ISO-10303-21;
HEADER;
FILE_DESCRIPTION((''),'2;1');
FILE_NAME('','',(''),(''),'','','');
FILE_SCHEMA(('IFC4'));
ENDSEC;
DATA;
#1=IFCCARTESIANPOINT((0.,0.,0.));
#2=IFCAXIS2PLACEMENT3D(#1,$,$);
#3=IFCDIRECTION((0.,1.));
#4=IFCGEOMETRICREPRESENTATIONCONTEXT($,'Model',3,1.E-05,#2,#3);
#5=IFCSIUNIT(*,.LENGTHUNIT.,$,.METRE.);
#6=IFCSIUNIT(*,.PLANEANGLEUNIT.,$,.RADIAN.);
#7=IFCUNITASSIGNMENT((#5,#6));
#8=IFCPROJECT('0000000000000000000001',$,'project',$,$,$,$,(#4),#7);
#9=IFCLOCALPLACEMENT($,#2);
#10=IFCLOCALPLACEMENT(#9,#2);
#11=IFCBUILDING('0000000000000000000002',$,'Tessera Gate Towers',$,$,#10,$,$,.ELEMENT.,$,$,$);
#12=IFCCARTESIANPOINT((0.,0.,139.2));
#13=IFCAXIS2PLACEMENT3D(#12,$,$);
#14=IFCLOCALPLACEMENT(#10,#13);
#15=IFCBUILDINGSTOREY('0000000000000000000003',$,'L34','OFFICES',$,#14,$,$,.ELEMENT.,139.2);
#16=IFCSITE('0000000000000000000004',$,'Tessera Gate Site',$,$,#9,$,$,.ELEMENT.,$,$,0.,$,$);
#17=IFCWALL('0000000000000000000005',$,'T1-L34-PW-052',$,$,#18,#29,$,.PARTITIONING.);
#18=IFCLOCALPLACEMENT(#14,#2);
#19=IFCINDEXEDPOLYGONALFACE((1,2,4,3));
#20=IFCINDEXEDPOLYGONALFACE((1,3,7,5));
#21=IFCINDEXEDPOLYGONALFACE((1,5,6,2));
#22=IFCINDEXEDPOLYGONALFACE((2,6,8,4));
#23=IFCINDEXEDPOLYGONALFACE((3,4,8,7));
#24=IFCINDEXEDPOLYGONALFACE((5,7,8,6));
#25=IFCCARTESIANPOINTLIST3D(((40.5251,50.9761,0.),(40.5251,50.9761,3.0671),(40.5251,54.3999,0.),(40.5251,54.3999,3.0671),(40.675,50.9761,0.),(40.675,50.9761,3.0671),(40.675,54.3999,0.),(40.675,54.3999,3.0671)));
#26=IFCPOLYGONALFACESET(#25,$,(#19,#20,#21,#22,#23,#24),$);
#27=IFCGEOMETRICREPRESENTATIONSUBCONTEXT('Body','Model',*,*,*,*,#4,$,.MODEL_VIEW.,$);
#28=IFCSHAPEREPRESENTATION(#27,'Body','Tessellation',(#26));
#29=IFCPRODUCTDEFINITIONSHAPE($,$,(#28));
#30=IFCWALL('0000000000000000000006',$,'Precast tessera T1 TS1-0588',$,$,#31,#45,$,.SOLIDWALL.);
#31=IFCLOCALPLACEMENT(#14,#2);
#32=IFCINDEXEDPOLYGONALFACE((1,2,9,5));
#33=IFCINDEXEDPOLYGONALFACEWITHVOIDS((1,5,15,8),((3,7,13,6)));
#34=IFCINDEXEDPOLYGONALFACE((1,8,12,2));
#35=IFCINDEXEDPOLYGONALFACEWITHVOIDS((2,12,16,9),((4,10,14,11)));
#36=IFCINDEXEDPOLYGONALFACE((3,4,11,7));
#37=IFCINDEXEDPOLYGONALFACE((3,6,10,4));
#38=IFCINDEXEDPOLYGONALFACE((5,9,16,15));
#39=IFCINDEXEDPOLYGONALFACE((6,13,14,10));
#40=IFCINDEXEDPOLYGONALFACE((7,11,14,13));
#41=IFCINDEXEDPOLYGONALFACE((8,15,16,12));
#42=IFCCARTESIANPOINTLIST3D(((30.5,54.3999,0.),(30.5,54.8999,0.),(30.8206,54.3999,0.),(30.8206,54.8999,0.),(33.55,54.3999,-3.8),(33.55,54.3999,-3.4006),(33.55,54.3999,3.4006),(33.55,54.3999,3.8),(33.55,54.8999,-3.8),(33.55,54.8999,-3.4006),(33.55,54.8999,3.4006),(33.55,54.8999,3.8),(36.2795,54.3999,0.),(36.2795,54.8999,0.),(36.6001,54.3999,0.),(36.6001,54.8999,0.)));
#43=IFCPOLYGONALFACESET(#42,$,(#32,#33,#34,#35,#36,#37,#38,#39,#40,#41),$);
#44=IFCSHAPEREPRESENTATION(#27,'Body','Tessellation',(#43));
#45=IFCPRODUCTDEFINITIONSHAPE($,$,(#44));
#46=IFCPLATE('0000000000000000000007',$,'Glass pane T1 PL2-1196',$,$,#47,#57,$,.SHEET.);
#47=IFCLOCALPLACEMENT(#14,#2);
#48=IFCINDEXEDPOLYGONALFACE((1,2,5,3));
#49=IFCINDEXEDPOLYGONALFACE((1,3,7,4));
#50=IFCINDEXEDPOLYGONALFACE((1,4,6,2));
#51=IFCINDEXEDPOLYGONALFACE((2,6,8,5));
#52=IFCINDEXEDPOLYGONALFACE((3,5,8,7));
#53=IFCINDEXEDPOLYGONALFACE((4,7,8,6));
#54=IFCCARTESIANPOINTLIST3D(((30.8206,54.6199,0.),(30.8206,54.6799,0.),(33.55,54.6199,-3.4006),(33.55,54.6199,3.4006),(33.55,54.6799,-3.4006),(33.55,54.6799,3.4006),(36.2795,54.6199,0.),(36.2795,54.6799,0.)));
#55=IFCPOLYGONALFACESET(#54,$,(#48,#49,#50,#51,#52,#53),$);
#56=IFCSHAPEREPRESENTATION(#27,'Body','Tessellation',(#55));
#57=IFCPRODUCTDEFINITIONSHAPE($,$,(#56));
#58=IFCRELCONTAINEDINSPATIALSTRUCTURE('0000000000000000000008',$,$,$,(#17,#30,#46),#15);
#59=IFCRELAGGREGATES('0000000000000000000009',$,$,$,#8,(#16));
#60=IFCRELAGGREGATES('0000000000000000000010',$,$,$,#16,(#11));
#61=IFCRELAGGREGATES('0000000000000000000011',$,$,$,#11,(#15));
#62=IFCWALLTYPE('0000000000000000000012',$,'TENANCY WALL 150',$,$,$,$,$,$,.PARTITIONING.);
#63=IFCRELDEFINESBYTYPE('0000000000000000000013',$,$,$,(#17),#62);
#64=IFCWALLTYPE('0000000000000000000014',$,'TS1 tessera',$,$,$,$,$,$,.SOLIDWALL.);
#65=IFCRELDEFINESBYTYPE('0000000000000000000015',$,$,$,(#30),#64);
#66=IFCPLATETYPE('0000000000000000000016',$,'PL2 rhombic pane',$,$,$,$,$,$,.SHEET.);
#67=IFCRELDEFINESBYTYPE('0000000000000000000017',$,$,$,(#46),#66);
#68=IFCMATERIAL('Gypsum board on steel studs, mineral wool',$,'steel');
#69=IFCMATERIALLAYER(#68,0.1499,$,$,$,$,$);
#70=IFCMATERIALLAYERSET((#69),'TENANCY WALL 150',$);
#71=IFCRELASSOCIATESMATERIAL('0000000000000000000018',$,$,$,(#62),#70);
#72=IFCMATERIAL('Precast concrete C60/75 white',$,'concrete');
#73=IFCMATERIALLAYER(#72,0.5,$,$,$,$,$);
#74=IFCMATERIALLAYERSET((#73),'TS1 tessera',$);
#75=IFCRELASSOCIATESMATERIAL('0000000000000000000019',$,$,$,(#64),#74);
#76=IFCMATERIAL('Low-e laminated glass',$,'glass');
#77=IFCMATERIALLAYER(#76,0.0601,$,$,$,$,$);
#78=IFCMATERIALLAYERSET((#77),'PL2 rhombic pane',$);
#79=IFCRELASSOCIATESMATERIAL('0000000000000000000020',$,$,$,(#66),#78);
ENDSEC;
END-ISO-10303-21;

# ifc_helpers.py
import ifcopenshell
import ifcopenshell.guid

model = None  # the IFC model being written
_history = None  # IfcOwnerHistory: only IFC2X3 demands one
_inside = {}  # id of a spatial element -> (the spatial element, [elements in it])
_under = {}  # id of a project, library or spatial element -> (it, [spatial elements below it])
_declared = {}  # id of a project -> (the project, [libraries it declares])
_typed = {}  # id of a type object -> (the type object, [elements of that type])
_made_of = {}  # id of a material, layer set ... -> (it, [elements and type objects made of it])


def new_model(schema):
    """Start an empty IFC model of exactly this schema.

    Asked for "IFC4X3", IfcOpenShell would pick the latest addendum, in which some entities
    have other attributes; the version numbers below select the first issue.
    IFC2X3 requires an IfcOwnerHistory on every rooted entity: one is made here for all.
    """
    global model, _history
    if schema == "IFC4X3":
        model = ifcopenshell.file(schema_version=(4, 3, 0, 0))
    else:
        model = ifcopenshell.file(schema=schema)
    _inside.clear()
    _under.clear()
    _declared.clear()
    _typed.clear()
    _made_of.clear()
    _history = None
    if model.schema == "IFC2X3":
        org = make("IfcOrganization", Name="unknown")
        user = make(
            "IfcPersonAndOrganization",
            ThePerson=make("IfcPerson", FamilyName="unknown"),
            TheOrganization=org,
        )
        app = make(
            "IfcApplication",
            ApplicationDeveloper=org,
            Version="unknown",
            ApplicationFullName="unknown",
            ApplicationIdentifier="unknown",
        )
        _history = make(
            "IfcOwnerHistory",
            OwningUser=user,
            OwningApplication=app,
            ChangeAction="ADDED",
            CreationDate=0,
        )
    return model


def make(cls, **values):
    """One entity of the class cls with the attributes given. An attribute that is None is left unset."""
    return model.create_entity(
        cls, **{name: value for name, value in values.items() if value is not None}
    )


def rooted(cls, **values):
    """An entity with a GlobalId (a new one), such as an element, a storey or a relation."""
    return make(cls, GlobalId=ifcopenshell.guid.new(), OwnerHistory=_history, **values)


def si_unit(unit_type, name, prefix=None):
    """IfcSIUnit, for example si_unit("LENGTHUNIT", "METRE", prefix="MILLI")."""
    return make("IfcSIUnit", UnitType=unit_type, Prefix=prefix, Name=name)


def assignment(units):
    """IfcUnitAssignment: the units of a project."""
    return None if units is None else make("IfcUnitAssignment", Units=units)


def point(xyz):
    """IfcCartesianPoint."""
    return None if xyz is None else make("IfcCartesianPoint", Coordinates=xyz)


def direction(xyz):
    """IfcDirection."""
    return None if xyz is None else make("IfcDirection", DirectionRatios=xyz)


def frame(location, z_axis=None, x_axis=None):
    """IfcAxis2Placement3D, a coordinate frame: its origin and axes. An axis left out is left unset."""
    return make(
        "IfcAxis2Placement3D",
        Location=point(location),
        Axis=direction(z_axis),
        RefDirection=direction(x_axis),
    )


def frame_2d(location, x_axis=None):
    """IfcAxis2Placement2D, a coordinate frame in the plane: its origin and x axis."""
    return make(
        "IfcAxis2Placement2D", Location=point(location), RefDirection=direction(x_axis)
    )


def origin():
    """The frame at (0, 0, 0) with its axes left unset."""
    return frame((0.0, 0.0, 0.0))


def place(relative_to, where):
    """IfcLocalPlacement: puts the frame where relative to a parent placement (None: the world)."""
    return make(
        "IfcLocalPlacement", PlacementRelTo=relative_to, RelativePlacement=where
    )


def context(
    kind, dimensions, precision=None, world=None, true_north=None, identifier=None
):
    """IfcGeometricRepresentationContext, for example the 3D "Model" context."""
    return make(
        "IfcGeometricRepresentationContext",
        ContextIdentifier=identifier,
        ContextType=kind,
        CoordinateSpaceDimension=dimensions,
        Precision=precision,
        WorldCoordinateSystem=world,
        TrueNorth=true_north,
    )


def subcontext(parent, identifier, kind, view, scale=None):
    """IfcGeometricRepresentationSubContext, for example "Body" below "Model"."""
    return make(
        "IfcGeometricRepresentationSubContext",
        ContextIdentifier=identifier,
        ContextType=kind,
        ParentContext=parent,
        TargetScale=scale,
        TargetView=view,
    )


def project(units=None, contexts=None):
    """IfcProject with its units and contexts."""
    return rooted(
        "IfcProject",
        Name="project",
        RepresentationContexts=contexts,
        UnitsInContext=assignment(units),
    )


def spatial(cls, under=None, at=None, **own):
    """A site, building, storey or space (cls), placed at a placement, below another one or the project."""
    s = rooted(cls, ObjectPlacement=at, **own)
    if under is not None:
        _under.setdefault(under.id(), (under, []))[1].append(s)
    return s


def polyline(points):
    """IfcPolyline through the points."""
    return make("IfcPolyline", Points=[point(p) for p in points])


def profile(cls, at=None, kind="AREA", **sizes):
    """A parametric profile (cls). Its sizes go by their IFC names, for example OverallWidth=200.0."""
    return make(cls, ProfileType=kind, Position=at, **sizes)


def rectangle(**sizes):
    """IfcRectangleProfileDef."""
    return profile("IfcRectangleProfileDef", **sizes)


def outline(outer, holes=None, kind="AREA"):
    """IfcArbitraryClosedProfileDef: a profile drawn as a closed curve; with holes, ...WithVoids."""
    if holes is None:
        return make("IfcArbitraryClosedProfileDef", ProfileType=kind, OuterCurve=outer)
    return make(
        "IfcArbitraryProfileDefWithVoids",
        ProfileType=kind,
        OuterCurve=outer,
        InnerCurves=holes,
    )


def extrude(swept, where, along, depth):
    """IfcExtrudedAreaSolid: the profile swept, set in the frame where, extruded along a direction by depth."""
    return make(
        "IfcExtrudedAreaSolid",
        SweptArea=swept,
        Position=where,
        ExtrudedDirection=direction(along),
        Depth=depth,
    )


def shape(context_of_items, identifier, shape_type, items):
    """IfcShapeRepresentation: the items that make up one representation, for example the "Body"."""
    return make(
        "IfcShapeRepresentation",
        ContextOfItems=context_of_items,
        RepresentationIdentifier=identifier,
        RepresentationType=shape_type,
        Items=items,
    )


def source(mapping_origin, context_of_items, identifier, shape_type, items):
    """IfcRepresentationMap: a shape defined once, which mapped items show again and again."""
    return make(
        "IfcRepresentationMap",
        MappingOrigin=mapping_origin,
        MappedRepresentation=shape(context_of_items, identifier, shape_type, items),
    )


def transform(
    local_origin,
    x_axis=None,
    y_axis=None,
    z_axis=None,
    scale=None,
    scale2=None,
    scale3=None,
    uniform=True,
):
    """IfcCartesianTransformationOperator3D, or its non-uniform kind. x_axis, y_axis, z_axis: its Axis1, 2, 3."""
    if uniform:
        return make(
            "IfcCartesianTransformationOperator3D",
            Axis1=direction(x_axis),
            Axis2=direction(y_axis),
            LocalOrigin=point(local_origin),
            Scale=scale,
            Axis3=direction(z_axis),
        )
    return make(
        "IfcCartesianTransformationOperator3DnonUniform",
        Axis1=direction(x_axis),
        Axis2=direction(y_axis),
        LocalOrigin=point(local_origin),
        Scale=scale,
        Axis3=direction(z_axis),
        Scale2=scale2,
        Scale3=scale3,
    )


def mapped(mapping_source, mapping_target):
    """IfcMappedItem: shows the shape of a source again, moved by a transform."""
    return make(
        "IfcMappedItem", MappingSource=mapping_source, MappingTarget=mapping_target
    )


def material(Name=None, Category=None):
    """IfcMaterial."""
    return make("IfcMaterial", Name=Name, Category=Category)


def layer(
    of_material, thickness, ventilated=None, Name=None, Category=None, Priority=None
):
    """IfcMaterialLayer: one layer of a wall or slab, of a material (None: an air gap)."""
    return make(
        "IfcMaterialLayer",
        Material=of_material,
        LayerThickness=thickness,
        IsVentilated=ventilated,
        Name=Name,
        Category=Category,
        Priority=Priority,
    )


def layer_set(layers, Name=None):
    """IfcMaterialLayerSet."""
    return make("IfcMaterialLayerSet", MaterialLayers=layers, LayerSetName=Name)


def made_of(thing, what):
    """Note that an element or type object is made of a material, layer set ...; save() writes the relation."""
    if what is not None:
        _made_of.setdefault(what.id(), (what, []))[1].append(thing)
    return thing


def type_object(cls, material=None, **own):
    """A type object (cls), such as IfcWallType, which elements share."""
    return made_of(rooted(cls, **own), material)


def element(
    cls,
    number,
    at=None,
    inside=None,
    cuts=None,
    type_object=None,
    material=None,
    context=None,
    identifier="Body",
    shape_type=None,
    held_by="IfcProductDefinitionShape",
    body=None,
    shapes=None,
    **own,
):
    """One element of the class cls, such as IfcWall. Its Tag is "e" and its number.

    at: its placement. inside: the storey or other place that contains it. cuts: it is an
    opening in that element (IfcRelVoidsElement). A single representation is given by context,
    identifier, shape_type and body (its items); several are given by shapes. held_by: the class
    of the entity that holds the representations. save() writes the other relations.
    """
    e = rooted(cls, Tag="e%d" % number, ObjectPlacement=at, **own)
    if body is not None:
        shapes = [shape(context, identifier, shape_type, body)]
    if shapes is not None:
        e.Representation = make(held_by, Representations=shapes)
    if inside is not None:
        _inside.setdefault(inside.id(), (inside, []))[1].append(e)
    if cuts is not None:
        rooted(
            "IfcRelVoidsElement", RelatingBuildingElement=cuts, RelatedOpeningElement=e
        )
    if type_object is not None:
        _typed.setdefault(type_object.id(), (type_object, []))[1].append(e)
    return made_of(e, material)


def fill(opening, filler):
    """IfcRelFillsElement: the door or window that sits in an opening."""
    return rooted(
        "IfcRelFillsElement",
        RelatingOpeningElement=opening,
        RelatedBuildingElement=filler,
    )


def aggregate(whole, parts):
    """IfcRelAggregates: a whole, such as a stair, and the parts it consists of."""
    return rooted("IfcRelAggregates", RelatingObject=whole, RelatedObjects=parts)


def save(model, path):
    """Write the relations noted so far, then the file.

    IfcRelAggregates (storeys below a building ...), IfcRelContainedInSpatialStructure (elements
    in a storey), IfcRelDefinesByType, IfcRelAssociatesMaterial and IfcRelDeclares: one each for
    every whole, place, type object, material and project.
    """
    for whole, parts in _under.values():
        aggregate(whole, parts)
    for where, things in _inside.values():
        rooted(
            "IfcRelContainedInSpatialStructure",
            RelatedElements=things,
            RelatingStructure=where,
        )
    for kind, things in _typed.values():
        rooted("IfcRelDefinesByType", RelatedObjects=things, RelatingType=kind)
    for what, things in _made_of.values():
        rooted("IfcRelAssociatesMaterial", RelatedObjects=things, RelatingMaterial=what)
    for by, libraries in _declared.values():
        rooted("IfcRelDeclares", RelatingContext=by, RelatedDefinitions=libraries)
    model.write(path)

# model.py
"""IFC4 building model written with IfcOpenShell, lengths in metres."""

from ifc_helpers import new_model, si_unit, direction, frame, frame_2d, origin, place, context, subcontext, project, spatial, polyline, rectangle, outline, extrude, source, transform, mapped, material, layer, layer_set, type_object, element, fill, save


model = new_model("IFC4")

# Units and contexts
model_context = context("Model", 3, precision=1e-05, world=origin(), true_north=direction((0.0, 1.0)))
body_context = subcontext(model_context, "Body", "Model", "MODEL_VIEW")
ifc_project = project(units=[si_unit("LENGTHUNIT", "METRE"), si_unit("PLANEANGLEUNIT", "RADIAN")], contexts=[model_context])

# Site, building, storey
site_placement = place(None, origin())
site = spatial("IfcSite", under=ifc_project, at=site_placement, Name="Tessera Gate Site", CompositionType="ELEMENT", RefElevation=0.0)
building_placement = place(site_placement, origin())
building = spatial("IfcBuilding", under=site, at=building_placement, Name="Tessera Gate Towers", CompositionType="ELEMENT")
storey_placement = place(building_placement, frame((0.0, 0.0, 139.2)))
storey = spatial("IfcBuildingStorey", under=building, at=storey_placement, Name="L34", Description="OFFICES", CompositionType="ELEMENT", Elevation=139.2)

# Wall
ifc_material_1 = material(Name="Gypsum board on steel studs, mineral wool", Category="steel")
ifc_layer_1 = layer(ifc_material_1, 0.1499)
ifc_layer_set_1 = layer_set([ifc_layer_1], Name="TENANCY WALL 150")
wall_type_1 = type_object("IfcWallType", Name="TENANCY WALL 150", PredefinedType="PARTITIONING", material=ifc_layer_set_1)
wall_1_placement = place(storey_placement, frame((40.6001, 50.9761, 0.0), z_axis=(0.0, 0.0, 1.0), x_axis=(0.0, 1.0, 0.0)))
element("IfcWall", 1, at=wall_1_placement, inside=storey, type_object=wall_type_1, Name="T1-L34-PW-052", PredefinedType="PARTITIONING", context=body_context, shape_type="SweptSolid", body=[
    extrude(rectangle(XDim=3.4238, YDim=0.1499, at=frame_2d((1.7119, 0.0))), origin(), (0.0, 0.0, 1.0), 3.0671),
])

# Wall, opening, plate
ifc_material_2 = material(Name="Precast concrete C60/75 white", Category="concrete")
ifc_layer_2 = layer(ifc_material_2, 0.5)
ifc_layer_set_2 = layer_set([ifc_layer_2], Name="TS1 tessera")
wall_type_2 = type_object("IfcWallType", Name="TS1 tessera", PredefinedType="SOLIDWALL", material=ifc_layer_set_2)
shared_shape_1 = source(origin(), body_context, "Body", "SweptSolid", [
    extrude(outline(polyline([(3.05, 0.0), (6.1001, 3.8), (3.05, 7.6001), (0.0, 3.8), (3.05, 0.0)])), frame((0.0, 0.25, 0.0), z_axis=(0.0, -1.0, 0.0), x_axis=(1.0, 0.0, 0.0)), (0.0, 0.0, 1.0), 0.5),
])
wall_2_placement = place(storey_placement, frame((36.6001, 54.6499, -3.8), z_axis=(0.0, 0.0, 1.0), x_axis=(-1.0, 0.0, 0.0)))
wall_2 = element("IfcWall", 2, at=wall_2_placement, inside=storey, type_object=wall_type_2, Name="Precast tessera T1 TS1-0588", PredefinedType="SOLIDWALL", context=body_context, shape_type="MappedRepresentation", body=[
    mapped(shared_shape_1, transform((0.0, 0.0, 0.0), scale=1.0)),
])
shared_shape_2 = source(origin(), body_context, "Body", "SweptSolid", [
    extrude(outline(polyline([(3.05, 0.3994), (5.7795, 3.8), (3.05, 7.2007), (0.3206, 3.8), (3.05, 0.3994)])), frame((0.0, 0.26, 0.0), z_axis=(0.0, -1.0, 0.0), x_axis=(1.0, 0.0, 0.0)), (0.0, 0.0, 1.0), 0.52),
])
opening_1_placement = place(wall_2_placement, origin())
opening_1 = element("IfcOpeningElement", 3, at=opening_1_placement, cuts=wall_2, PredefinedType="OPENING", context=body_context, shape_type="MappedRepresentation", body=[
    mapped(shared_shape_2, transform((0.0, 0.0, 0.0), scale=1.0)),
])
ifc_material_3 = material(Name="Low-e laminated glass", Category="glass")
ifc_layer_3 = layer(ifc_material_3, 0.0601)
ifc_layer_set_3 = layer_set([ifc_layer_3], Name="PL2 rhombic pane")
plate_type = type_object("IfcPlateType", Name="PL2 rhombic pane", PredefinedType="SHEET", material=ifc_layer_set_3)
shared_shape_3 = source(origin(), body_context, "Body", "SweptSolid", [
    extrude(outline(polyline([(3.05, 0.3994), (5.7795, 3.8), (3.05, 7.2007), (0.3206, 3.8), (3.05, 0.3994)])), frame((0.0, 0.03, 0.0), z_axis=(0.0, -1.0, 0.0), x_axis=(1.0, 0.0, 0.0)), (0.0, 0.0, 1.0), 0.0601),
])
plate_placement = place(opening_1_placement, origin())
plate = element("IfcPlate", 4, at=plate_placement, inside=storey, type_object=plate_type, Name="Glass pane T1 PL2-1196", PredefinedType="SHEET", context=body_context, shape_type="MappedRepresentation", body=[
    mapped(shared_shape_3, transform((0.0, 0.0, 0.0), scale=1.0)),
])
fill(opening_1, plate)

save(model, "model.ifc")
